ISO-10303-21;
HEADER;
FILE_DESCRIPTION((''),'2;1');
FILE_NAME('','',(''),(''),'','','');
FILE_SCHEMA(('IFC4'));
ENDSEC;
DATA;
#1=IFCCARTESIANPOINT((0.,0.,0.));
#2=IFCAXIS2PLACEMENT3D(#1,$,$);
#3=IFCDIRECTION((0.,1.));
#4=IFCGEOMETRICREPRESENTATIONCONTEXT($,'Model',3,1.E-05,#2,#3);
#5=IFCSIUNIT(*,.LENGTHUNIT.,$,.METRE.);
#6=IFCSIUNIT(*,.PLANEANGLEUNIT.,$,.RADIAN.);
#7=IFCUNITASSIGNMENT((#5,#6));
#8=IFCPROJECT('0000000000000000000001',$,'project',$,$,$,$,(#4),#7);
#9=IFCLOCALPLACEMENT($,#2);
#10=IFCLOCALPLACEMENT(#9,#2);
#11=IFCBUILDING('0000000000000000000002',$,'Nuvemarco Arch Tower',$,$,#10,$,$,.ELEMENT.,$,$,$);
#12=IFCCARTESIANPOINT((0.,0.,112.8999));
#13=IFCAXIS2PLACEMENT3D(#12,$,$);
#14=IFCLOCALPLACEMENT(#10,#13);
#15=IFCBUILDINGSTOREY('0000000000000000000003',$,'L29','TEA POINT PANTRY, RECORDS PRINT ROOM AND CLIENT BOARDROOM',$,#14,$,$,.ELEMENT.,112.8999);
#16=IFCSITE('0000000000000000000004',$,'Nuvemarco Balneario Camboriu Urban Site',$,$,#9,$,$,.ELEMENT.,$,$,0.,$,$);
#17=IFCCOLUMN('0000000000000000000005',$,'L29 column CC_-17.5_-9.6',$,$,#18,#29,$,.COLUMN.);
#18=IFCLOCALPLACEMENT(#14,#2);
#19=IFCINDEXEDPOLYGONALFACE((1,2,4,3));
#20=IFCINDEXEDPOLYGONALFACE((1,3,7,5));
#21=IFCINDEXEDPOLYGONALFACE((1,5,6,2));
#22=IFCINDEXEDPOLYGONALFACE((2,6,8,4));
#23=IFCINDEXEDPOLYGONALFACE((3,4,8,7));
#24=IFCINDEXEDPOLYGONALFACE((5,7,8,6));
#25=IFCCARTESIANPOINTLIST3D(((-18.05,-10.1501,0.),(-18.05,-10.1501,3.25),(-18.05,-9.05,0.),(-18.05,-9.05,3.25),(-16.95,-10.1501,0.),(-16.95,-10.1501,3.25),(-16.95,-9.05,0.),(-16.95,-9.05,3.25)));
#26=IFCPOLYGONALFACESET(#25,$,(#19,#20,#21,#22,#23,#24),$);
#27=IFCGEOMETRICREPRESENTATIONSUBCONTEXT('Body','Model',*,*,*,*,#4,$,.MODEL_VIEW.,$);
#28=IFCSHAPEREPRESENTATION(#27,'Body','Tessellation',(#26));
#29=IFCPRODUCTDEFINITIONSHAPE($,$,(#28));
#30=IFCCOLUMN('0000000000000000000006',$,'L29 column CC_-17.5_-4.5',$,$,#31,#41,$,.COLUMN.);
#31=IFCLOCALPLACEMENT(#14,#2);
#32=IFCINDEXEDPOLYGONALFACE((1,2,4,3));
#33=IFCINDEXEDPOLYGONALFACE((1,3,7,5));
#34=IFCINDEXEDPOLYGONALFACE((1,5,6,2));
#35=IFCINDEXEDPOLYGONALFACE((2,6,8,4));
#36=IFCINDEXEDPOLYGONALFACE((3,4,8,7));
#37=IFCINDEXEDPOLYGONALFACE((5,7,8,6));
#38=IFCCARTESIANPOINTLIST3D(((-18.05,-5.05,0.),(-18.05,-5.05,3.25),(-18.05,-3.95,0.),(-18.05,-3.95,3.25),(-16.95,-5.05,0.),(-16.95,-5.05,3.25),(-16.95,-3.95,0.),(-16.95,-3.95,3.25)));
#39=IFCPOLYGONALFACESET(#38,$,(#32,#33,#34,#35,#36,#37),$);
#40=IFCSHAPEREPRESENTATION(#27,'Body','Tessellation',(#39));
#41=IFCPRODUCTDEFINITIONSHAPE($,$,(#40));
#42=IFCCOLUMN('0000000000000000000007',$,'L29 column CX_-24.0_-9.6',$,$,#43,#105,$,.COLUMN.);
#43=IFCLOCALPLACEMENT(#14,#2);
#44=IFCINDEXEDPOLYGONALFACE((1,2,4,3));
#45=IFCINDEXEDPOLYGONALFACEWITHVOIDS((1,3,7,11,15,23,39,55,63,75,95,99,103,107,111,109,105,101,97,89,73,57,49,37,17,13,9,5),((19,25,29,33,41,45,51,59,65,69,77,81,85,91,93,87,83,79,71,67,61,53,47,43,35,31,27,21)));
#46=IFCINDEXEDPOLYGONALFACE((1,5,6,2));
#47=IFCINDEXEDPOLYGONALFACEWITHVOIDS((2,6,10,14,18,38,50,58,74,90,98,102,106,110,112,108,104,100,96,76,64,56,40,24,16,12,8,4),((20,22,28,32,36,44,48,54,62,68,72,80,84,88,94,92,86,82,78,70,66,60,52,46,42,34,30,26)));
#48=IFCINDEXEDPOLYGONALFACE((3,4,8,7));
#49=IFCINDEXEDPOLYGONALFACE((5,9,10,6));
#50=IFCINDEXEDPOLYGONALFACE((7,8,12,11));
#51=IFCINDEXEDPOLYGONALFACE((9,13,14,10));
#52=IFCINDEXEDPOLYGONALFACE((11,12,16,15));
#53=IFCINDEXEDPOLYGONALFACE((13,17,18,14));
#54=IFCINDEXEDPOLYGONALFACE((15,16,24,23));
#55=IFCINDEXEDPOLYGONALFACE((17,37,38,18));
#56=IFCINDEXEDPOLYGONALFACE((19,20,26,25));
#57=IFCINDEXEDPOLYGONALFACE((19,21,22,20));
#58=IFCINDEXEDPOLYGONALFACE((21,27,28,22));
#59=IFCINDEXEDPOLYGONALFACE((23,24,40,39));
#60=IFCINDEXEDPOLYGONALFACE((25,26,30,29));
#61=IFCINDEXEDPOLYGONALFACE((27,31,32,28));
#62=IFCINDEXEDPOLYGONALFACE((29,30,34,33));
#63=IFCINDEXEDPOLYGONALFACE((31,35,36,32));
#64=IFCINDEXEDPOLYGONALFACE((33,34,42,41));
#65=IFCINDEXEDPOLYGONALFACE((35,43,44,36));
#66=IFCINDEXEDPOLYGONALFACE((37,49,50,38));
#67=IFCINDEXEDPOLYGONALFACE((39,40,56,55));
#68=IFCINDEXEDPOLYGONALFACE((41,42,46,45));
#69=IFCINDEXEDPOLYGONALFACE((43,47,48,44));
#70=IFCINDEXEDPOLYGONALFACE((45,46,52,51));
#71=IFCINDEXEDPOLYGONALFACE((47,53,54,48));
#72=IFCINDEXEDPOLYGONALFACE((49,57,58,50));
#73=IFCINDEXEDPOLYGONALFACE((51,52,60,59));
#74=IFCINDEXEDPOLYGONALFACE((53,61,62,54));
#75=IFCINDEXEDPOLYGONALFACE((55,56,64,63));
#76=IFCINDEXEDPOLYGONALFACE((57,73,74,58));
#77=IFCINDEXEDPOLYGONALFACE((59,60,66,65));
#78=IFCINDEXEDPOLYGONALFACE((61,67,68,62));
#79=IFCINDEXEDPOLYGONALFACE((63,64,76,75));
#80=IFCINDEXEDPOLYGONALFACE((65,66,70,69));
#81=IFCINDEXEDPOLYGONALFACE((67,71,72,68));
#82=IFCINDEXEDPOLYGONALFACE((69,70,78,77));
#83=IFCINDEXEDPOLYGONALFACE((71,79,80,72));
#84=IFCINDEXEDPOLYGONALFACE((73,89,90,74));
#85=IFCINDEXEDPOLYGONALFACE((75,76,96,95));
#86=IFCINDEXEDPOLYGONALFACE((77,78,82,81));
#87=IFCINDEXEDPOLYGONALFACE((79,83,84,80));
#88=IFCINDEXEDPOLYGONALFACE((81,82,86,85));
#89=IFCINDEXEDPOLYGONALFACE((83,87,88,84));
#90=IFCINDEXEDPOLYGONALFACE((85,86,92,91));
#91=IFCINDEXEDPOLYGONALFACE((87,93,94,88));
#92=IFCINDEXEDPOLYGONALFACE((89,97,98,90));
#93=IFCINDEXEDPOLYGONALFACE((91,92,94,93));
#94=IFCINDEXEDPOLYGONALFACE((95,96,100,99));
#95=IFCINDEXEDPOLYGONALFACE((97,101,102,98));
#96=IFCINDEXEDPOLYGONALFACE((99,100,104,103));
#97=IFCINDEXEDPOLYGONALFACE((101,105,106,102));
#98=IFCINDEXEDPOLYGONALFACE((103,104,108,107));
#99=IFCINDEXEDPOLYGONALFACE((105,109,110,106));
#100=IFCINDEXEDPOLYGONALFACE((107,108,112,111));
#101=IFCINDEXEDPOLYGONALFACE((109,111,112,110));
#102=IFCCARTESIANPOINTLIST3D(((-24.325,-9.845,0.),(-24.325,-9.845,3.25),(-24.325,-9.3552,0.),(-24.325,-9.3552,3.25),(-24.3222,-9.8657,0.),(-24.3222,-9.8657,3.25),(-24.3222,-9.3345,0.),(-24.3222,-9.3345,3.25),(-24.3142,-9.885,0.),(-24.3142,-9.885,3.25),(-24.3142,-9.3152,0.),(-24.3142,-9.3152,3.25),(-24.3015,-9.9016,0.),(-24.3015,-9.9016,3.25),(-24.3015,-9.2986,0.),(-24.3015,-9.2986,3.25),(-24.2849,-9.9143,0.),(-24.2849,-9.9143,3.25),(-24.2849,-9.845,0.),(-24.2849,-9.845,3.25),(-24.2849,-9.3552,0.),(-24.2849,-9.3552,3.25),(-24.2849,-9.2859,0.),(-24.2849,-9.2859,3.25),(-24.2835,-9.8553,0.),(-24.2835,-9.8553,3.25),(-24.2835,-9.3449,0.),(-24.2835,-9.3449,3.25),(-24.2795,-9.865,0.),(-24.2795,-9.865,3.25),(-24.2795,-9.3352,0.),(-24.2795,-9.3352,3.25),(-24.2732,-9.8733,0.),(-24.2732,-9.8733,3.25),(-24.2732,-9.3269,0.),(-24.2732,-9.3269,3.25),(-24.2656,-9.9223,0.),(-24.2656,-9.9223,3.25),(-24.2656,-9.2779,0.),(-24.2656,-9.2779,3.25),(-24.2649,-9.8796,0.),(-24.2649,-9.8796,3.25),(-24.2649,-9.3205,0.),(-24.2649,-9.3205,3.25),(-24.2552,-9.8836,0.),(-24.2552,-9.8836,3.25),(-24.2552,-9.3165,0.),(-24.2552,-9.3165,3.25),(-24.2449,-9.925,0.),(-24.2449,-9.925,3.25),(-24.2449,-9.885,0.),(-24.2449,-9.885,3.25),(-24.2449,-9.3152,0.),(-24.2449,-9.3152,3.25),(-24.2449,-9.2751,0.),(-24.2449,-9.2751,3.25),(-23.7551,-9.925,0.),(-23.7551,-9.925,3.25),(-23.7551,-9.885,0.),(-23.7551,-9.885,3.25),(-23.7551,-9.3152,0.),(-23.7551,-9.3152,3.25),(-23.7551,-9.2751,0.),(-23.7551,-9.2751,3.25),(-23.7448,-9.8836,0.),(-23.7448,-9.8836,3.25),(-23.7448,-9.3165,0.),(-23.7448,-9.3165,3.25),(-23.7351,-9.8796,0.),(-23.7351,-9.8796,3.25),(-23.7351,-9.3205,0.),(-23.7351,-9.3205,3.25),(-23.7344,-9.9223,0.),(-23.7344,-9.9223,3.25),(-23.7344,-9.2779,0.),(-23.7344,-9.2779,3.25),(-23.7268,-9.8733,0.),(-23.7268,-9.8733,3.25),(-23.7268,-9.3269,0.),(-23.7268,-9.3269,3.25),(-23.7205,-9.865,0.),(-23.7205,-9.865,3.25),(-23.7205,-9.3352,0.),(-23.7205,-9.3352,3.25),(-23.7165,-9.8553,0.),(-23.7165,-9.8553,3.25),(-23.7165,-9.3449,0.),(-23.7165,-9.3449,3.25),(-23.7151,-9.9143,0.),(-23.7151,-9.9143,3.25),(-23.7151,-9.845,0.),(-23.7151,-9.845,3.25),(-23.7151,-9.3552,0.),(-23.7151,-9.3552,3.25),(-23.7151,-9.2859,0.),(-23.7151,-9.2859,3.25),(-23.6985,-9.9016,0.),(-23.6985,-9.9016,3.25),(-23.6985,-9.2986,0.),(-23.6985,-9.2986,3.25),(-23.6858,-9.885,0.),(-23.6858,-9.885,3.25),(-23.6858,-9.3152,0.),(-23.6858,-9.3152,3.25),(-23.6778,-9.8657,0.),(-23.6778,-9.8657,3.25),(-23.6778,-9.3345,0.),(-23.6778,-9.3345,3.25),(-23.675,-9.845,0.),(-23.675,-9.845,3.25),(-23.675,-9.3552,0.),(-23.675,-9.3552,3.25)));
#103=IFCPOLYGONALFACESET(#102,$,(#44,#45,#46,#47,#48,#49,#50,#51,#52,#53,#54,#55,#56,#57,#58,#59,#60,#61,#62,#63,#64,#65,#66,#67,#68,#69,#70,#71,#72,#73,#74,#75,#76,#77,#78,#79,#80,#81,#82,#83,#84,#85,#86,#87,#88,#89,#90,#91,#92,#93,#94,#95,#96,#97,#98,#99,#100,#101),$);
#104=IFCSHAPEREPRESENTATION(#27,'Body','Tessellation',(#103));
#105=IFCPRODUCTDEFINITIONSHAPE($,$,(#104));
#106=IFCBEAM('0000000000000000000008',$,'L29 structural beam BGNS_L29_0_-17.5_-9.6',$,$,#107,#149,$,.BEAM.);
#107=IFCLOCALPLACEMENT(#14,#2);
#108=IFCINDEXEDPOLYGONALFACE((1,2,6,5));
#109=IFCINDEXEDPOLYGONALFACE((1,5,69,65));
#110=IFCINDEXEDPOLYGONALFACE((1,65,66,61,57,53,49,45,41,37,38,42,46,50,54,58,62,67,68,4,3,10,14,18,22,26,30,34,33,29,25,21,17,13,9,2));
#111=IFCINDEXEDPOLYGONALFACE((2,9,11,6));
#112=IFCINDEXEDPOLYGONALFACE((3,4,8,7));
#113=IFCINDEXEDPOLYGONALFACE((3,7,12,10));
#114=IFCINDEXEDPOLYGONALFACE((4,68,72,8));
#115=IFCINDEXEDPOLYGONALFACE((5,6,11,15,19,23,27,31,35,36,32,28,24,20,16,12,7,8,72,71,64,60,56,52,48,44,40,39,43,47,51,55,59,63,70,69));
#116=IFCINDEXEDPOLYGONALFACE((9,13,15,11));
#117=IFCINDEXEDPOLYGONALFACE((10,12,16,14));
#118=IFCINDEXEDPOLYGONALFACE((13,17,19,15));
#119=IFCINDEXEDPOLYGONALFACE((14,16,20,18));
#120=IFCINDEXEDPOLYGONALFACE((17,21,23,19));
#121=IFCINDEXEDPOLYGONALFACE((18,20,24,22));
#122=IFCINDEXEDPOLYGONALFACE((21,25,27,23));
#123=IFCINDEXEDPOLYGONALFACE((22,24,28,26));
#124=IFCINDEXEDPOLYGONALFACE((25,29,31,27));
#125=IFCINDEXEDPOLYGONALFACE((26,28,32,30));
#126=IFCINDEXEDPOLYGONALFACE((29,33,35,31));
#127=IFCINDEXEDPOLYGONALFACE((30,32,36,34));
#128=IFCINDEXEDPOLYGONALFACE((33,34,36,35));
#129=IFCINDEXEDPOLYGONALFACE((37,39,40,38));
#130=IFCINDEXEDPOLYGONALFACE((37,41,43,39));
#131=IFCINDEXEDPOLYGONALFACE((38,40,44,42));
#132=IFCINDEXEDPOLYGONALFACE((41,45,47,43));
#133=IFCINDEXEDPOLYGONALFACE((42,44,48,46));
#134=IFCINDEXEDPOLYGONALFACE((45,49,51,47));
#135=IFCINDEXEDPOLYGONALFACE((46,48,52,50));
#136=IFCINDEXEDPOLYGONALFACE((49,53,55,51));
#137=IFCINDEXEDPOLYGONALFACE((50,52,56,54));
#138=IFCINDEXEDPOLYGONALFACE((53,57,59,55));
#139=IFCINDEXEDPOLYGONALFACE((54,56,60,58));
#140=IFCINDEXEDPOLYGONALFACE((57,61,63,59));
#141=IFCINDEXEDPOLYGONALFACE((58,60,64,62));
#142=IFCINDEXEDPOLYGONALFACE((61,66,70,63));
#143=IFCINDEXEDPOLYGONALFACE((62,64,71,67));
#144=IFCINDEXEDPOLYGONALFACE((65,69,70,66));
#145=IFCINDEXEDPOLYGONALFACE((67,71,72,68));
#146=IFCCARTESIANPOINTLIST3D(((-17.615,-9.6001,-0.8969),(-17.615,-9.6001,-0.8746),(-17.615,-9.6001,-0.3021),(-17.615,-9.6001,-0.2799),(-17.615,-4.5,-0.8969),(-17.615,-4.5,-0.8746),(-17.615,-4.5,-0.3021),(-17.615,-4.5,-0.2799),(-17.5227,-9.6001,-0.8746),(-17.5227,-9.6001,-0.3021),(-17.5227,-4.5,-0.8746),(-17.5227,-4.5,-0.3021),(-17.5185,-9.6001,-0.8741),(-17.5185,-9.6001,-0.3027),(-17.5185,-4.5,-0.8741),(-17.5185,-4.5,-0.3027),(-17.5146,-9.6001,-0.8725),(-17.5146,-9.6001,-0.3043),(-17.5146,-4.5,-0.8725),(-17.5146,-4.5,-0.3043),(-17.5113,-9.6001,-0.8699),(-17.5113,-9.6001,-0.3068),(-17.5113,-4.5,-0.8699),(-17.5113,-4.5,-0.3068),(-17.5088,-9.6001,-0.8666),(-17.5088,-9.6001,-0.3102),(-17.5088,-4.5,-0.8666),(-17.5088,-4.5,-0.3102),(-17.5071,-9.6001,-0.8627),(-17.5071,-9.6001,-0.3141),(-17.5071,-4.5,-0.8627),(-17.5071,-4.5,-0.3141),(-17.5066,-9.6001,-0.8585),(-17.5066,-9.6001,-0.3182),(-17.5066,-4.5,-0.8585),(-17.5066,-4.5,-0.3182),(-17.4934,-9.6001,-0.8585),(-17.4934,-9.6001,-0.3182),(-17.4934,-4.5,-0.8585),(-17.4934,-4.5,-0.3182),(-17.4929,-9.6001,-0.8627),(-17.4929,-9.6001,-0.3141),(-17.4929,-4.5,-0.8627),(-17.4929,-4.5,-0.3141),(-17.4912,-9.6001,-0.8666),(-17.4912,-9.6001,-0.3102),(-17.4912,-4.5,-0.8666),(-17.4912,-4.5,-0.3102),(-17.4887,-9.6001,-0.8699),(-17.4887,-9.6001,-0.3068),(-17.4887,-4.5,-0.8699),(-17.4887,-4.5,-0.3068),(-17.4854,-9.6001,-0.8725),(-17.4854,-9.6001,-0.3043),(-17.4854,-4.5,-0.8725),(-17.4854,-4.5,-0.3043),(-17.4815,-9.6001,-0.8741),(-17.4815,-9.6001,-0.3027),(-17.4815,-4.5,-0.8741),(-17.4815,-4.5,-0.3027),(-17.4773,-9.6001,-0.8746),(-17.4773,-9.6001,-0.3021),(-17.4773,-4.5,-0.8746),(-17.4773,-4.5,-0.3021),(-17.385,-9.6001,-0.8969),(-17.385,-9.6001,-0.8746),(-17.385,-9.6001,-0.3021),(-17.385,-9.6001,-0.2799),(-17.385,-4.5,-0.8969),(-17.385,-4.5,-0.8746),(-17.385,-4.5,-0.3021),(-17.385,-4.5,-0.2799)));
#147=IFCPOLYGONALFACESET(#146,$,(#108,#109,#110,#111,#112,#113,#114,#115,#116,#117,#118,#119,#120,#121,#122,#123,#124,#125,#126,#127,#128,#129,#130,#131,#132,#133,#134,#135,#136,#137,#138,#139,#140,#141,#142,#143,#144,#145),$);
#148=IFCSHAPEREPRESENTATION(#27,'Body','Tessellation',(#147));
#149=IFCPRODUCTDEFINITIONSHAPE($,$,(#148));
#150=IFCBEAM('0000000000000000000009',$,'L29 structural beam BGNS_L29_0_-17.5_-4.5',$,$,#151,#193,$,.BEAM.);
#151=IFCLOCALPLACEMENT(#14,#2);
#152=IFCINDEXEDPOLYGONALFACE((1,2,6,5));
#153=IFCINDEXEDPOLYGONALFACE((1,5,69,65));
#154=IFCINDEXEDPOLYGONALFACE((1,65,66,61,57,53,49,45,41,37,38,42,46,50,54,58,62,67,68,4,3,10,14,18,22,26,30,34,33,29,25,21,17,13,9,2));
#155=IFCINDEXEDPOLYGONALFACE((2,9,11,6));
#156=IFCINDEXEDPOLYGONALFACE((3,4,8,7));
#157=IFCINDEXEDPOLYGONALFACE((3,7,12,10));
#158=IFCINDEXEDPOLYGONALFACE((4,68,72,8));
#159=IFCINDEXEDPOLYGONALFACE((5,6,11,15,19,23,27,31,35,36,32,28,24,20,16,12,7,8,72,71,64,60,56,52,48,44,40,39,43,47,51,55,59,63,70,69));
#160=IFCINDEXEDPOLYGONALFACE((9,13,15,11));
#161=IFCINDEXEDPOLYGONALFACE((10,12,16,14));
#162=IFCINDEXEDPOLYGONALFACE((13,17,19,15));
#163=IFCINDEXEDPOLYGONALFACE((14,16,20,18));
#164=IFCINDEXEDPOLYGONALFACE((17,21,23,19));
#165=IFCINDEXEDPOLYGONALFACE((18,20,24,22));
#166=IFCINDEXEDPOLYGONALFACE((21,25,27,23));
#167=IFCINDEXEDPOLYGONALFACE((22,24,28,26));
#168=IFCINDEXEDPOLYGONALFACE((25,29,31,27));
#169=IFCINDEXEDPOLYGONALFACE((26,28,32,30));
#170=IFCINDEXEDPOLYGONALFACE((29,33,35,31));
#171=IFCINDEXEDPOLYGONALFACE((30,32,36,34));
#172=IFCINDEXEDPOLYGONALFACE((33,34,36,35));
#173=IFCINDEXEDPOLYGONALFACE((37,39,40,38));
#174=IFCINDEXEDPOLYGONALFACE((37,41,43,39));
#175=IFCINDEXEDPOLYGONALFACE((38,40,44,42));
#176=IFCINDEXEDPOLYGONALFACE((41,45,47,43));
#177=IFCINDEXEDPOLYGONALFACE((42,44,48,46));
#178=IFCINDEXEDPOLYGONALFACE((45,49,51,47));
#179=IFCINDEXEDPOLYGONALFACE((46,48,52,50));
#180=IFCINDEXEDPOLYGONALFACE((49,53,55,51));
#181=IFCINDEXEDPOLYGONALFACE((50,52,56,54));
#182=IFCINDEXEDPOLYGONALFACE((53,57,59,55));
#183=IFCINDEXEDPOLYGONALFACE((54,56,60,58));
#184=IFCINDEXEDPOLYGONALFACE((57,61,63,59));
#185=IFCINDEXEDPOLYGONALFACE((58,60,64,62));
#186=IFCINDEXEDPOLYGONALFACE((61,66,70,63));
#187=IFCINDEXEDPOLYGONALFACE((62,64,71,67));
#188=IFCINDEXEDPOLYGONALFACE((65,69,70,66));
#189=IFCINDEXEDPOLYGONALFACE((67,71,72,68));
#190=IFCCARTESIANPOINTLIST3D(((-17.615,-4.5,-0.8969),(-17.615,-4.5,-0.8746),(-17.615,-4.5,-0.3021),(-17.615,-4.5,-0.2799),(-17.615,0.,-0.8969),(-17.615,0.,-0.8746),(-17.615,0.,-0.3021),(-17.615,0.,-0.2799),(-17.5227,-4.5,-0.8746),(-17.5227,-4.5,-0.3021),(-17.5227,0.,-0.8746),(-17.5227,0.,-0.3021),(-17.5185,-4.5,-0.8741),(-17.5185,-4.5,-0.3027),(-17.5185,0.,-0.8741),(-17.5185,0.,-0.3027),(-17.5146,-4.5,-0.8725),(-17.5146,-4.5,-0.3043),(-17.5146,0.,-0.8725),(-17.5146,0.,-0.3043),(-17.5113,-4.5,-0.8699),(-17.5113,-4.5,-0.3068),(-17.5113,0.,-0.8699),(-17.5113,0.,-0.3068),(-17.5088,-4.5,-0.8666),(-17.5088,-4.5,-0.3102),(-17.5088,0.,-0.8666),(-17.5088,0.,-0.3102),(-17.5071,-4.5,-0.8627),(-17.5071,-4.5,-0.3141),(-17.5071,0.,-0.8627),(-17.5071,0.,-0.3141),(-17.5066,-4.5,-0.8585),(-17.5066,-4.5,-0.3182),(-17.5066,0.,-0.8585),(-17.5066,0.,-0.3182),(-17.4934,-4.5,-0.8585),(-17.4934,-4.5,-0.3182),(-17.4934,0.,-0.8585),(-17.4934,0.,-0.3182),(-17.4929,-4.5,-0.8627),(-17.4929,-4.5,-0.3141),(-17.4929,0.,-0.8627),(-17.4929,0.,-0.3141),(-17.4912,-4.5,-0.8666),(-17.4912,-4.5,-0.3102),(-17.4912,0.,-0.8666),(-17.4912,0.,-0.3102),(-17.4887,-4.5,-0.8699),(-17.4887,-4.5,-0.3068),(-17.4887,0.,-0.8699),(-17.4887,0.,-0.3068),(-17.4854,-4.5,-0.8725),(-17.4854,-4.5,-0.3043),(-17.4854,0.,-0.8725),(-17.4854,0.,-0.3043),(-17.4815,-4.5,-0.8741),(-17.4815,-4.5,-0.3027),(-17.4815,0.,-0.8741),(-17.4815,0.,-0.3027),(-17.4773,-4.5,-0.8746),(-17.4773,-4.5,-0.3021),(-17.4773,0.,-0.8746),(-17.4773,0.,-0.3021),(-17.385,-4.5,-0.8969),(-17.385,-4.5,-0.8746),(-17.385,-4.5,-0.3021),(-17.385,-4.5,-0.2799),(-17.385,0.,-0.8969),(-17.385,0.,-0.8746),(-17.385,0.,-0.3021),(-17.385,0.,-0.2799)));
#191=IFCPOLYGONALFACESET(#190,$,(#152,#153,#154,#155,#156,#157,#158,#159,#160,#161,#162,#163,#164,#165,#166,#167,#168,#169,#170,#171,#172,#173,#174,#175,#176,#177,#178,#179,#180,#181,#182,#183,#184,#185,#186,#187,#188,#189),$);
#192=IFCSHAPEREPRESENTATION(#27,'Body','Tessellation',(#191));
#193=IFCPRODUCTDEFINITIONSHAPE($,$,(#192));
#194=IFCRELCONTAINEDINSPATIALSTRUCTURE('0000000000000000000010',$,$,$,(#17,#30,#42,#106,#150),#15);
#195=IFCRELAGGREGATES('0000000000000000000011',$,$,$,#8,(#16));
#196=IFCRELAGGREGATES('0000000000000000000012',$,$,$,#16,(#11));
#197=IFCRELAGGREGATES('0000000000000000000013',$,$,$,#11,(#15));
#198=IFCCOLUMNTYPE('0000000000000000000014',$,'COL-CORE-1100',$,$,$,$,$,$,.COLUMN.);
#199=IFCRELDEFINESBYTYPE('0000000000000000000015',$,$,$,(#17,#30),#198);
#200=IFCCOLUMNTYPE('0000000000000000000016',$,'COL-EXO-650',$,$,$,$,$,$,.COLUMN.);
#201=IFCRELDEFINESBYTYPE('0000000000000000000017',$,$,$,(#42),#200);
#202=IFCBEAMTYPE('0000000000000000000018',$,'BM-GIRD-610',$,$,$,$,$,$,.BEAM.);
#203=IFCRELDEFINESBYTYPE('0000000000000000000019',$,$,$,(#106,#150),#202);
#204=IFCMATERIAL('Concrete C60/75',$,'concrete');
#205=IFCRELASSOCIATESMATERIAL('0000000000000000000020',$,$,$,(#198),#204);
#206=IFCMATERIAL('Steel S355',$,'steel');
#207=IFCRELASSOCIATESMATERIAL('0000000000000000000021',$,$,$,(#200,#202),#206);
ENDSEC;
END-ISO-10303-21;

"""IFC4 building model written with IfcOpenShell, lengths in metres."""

from ifc_helpers import new_model, si_unit, direction, frame, origin, origin_2d, place, context, subcontext, project, spatial, rectangle, hollow_rectangle, i_section, extrude, material, material_profile, profile_set, type_object, element, save


model = new_model("IFC4")

# Units and contexts
model_context = context("Model", 3, precision=1e-05, world=origin(), true_north=direction((0.0, 1.0)))
body_context = subcontext(model_context, "Body", "Model", "MODEL_VIEW")
ifc_project = project(units=[si_unit("LENGTHUNIT", "METRE"), si_unit("PLANEANGLEUNIT", "RADIAN")], contexts=[model_context])

# Site, building, storey
site_placement = place(None, origin())
site = spatial("IfcSite", under=ifc_project, at=site_placement, Name="Nuvemarco Balneario Camboriu Urban Site", CompositionType="ELEMENT", RefElevation=0.0)
building_placement = place(site_placement, origin())
building = spatial("IfcBuilding", under=site, at=building_placement, Name="Nuvemarco Arch Tower", CompositionType="ELEMENT")
storey_placement = place(building_placement, frame((0.0, 0.0, 112.8999)))
storey = spatial("IfcBuildingStorey", under=building, at=storey_placement, Name="L29", Description="TEA POINT PANTRY, RECORDS PRINT ROOM AND CLIENT BOARDROOM", CompositionType="ELEMENT", Elevation=112.8999)

# Columns
ifc_material_1 = material(Name="Concrete C60/75", Category="concrete")
ifc_material_profile_1 = material_profile(ifc_material_1, rectangle(XDim=1.1001, YDim=1.1001, at=origin_2d()), Name="RC-COL-1100x1100")
ifc_profile_set_1 = profile_set([ifc_material_profile_1], Name="Concrete C60/75")
column_type_1 = type_object("IfcColumnType", Name="COL-CORE-1100", PredefinedType="COLUMN", material=ifc_profile_set_1)
for number, where, z_axis, x_axis, name in (
    (1, (-17.5, -9.6001, 0.0), (0.0, 0.0, 1.0), (1.0, 0.0, 0.0), "L29 column CC_-17.5_-9.6"),
    (2, (-17.5, -4.5, 0.0), (0.0, 0.0, 1.0), (1.0, 0.0, 0.0), "L29 column CC_-17.5_-4.5"),
):
    element("IfcColumn", number, at=place(storey_placement, frame(where, z_axis=z_axis, x_axis=x_axis)), inside=storey, type_object=column_type_1, Name=name, PredefinedType="COLUMN", context=body_context, shape_type="SweptSolid", body=[
        extrude(rectangle(XDim=1.1001, YDim=1.1001, at=origin_2d()), origin(), (0.0, 0.0, 1.0), 3.25),
    ])
ifc_material_2 = material(Name="Steel S355", Category="steel")
ifc_material_profile_2 = material_profile(ifc_material_2, hollow_rectangle(XDim=0.6499, YDim=0.6499, WallThickness=0.04, InnerFilletRadius=0.04, OuterFilletRadius=0.0801, at=origin_2d()), Name="SHS650x650x40")
ifc_profile_set_2 = profile_set([ifc_material_profile_2], Name="Steel S355")
column_type_2 = type_object("IfcColumnType", Name="COL-EXO-650", PredefinedType="COLUMN", material=ifc_profile_set_2)
column_placement = place(storey_placement, frame((-24.0, -9.6001, 0.0), z_axis=(0.0, 0.0, 1.0), x_axis=(1.0, 0.0, 0.0)))
element("IfcColumn", 3, at=column_placement, inside=storey, type_object=column_type_2, Name="L29 column CX_-24.0_-9.6", PredefinedType="COLUMN", context=body_context, shape_type="SweptSolid", body=[
    extrude(hollow_rectangle(XDim=0.6499, YDim=0.6499, WallThickness=0.04, InnerFilletRadius=0.04, OuterFilletRadius=0.0801, at=origin_2d()), origin(), (0.0, 0.0, 1.0), 3.25),
])

# Beams
ifc_material_profile_3 = material_profile(ifc_material_2, i_section(OverallWidth=0.23, OverallDepth=0.6169, WebThickness=0.0132, FlangeThickness=0.0222, FilletRadius=0.0161, at=origin_2d()), Name="W610x140")
ifc_profile_set_3 = profile_set([ifc_material_profile_3], Name="Steel S355")
beam_type_1 = type_object("IfcBeamType", Name="BM-GIRD-610", PredefinedType="BEAM", material=ifc_profile_set_3)
beam_1_placement = place(storey_placement, frame((-17.5, -9.6001, -0.5884), z_axis=(0.0, 1.0, 0.0), x_axis=(-1.0, 0.0, 0.0)))
element("IfcBeam", 4, at=beam_1_placement, inside=storey, type_object=beam_type_1, Name="L29 structural beam BGNS_L29_0_-17.5_-9.6", PredefinedType="BEAM", context=body_context, shape_type="SweptSolid", body=[
    extrude(i_section(OverallWidth=0.23, OverallDepth=0.6169, WebThickness=0.0132, FlangeThickness=0.0222, FilletRadius=0.0161, at=origin_2d()), origin(), (0.0, 0.0, 1.0), 5.1001),
])
beam_2_placement = place(storey_placement, frame((-17.5, -4.5, -0.5884), z_axis=(0.0, 1.0, 0.0), x_axis=(-1.0, 0.0, 0.0)))
element("IfcBeam", 5, at=beam_2_placement, inside=storey, type_object=beam_type_1, Name="L29 structural beam BGNS_L29_0_-17.5_-4.5", PredefinedType="BEAM", context=body_context, shape_type="SweptSolid", body=[
    extrude(i_section(OverallWidth=0.23, OverallDepth=0.6169, WebThickness=0.0132, FlangeThickness=0.0222, FilletRadius=0.0161, at=origin_2d()), origin(), (0.0, 0.0, 1.0), 4.5),
])

save(model, "model.ifc")
